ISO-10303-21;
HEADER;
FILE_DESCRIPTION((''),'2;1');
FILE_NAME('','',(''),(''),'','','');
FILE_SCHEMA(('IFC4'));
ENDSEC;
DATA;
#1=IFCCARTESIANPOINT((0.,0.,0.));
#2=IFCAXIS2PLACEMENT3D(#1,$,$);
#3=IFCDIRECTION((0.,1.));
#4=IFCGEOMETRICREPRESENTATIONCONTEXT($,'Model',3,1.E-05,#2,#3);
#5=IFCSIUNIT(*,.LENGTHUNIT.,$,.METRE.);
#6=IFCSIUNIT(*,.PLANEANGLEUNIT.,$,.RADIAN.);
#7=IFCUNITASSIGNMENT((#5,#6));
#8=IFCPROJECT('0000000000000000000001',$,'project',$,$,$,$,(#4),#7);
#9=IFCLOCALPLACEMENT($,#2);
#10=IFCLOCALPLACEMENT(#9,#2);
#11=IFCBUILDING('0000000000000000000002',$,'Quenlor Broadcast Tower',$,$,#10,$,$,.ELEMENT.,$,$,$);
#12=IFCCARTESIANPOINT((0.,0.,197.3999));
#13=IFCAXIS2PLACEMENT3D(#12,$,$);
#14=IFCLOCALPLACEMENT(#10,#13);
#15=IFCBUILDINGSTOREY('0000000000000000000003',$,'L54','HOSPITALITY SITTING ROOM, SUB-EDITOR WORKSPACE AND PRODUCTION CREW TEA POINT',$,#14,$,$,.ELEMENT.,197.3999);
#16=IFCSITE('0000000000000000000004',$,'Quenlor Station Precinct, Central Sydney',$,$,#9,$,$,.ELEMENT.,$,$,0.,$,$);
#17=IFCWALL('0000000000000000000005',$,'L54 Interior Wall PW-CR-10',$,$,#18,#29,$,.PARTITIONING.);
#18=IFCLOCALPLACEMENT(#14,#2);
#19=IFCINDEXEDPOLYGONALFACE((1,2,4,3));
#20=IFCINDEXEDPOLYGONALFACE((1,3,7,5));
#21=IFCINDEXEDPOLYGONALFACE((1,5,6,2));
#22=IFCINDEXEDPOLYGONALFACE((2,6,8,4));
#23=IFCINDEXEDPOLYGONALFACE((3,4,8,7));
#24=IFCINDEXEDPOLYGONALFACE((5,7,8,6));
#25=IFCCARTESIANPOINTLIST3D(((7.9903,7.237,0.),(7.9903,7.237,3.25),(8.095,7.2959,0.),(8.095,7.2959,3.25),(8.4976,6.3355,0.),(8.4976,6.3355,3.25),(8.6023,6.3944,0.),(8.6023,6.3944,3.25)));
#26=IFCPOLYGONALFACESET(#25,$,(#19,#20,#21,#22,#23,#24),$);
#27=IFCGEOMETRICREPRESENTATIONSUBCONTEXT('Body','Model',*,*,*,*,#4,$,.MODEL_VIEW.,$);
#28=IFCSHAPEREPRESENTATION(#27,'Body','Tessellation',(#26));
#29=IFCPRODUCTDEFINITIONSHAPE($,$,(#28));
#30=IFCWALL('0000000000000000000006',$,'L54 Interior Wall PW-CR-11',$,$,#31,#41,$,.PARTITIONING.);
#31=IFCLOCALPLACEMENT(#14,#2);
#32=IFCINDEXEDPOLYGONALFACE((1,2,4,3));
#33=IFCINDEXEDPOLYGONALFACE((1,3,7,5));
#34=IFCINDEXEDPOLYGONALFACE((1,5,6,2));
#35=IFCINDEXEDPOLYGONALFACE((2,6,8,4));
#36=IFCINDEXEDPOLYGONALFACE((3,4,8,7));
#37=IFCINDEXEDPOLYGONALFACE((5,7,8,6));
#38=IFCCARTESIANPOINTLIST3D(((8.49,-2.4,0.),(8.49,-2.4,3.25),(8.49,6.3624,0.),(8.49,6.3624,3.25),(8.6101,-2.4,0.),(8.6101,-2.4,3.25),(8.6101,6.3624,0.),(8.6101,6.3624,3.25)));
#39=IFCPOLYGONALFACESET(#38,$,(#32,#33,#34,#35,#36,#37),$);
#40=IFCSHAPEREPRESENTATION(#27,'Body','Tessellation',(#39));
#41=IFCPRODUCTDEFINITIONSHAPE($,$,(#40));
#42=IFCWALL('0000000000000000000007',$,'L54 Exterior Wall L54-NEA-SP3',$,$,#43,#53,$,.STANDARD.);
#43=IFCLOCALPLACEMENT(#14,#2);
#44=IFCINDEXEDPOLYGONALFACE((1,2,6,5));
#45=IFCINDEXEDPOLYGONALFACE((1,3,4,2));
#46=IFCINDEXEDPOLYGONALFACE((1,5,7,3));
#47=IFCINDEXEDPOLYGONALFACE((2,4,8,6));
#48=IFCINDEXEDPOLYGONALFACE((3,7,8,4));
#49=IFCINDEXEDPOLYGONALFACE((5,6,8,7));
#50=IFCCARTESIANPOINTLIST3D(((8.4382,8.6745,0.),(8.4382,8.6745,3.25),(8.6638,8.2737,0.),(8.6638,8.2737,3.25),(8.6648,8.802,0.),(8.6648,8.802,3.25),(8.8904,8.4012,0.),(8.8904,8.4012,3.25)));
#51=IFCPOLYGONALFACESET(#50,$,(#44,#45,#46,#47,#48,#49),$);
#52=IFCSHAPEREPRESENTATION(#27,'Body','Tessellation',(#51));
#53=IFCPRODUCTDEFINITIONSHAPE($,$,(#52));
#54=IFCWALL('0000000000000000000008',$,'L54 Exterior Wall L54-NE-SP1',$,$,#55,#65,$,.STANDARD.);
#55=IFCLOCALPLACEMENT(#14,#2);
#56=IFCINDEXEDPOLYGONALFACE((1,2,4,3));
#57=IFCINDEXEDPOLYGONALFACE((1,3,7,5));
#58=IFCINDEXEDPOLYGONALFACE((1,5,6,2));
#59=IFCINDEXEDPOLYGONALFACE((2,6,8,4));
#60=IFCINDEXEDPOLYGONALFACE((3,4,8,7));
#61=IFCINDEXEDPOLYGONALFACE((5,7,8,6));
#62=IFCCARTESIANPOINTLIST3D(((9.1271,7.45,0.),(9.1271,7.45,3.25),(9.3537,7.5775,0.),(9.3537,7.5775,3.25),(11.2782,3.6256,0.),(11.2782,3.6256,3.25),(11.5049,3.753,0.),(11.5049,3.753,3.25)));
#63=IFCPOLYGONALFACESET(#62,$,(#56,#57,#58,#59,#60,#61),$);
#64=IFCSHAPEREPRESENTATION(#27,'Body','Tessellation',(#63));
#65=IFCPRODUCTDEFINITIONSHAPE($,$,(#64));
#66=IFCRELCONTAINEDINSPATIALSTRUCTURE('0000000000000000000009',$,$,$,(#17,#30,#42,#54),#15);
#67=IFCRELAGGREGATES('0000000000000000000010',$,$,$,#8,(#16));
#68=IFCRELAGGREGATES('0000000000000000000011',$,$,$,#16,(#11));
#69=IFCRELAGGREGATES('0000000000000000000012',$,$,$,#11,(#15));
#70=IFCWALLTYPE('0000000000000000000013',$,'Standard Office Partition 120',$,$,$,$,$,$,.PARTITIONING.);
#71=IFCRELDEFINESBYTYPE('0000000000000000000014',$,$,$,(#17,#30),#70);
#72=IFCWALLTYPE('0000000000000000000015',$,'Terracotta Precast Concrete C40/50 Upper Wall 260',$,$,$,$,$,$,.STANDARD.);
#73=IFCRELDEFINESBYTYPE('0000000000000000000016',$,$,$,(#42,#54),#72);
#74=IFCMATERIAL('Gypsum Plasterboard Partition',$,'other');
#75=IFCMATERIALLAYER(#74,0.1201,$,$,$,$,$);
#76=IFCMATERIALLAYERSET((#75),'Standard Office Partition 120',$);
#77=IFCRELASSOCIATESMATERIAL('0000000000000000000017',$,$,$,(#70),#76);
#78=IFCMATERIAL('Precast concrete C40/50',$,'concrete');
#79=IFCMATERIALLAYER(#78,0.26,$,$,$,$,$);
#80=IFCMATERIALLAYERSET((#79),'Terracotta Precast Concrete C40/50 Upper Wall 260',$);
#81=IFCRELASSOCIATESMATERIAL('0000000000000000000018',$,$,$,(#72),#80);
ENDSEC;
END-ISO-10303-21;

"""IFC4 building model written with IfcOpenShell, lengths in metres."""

from ifc_helpers import new_model, si_unit, direction, frame, frame_2d, origin, place, context, subcontext, project, spatial, rectangle, extrude, material, layer, layer_set, type_object, element, save


model = new_model("IFC4")

# Units and contexts
model_context = context("Model", 3, precision=1e-05, world=origin(), true_north=direction((0.0, 1.0)))
body_context = subcontext(model_context, "Body", "Model", "MODEL_VIEW")
ifc_project = project(units=[si_unit("LENGTHUNIT", "METRE"), si_unit("PLANEANGLEUNIT", "RADIAN")], contexts=[model_context])

# Site, building, storey
site_placement = place(None, origin())
site = spatial("IfcSite", under=ifc_project, at=site_placement, Name="Quenlor Station Precinct, Central Sydney", CompositionType="ELEMENT", RefElevation=0.0)
building_placement = place(site_placement, origin())
building = spatial("IfcBuilding", under=site, at=building_placement, Name="Quenlor Broadcast Tower", CompositionType="ELEMENT")
storey_placement = place(building_placement, frame((0.0, 0.0, 197.3999)))
storey = spatial("IfcBuildingStorey", under=building, at=storey_placement, Name="L54", Description="HOSPITALITY SITTING ROOM, SUB-EDITOR WORKSPACE AND PRODUCTION CREW TEA POINT", CompositionType="ELEMENT", Elevation=197.3999)

# Walls
ifc_material_1 = material(Name="Gypsum Plasterboard Partition", Category="other")
ifc_layer_1 = layer(ifc_material_1, 0.1201)
ifc_layer_set_1 = layer_set([ifc_layer_1], Name="Standard Office Partition 120")
wall_type_1 = type_object("IfcWallType", Name="Standard Office Partition 120", PredefinedType="PARTITIONING", material=ifc_layer_set_1)
wall_1_placement = place(storey_placement, frame((8.0427, 7.2664, 0.0), z_axis=(0.0, 0.0, 1.0), x_axis=(0.490384, -0.871506, 0.0)))
element("IfcWall", 1, at=wall_1_placement, inside=storey, type_object=wall_type_1, Name="L54 Interior Wall PW-CR-10", PredefinedType="PARTITIONING", context=body_context, shape_type="SweptSolid", body=[
    extrude(rectangle(XDim=1.0344, YDim=0.1201, at=frame_2d((0.5171, 0.0))), origin(), (0.0, 0.0, 1.0), 3.25),
])
wall_2_placement = place(storey_placement, frame((8.55, 6.3625, 0.0), z_axis=(0.0, 0.0, 1.0), x_axis=(0.0, -1.0, 0.0)))
element("IfcWall", 2, at=wall_2_placement, inside=storey, type_object=wall_type_1, Name="L54 Interior Wall PW-CR-11", PredefinedType="PARTITIONING", context=body_context, shape_type="SweptSolid", body=[
    extrude(rectangle(XDim=8.7625, YDim=0.1201, at=frame_2d((4.3813, 0.0))), origin(), (0.0, 0.0, 1.0), 3.25),
])
ifc_material_2 = material(Name="Precast concrete C40/50", Category="concrete")
ifc_layer_2 = layer(ifc_material_2, 0.26)
ifc_layer_set_2 = layer_set([ifc_layer_2], Name="Terracotta Precast Concrete C40/50 Upper Wall 260")
wall_type_2 = type_object("IfcWallType", Name="Terracotta Precast Concrete C40/50 Upper Wall 260", PredefinedType="STANDARD", material=ifc_layer_set_2)
wall_3_placement = place(storey_placement, frame((8.5515, 8.7383, 0.0), z_axis=(0.0, 0.0, 1.0), x_axis=(0.490412, -0.87149, 0.0)))
element("IfcWall", 3, at=wall_3_placement, inside=storey, type_object=wall_type_2, Name="L54 Exterior Wall L54-NEA-SP3", PredefinedType="STANDARD", context=body_context, shape_type="SweptSolid", body=[
    extrude(rectangle(XDim=0.46, YDim=0.26, at=frame_2d((0.23, 0.0))), origin(), (0.0, 0.0, 1.0), 3.25),
])
wall_4_placement = place(storey_placement, frame((9.2405, 7.5137, 0.0), z_axis=(0.0, 0.0, 1.0), x_axis=(0.490237, -0.871589, 0.0)))
element("IfcWall", 4, at=wall_4_placement, inside=storey, type_object=wall_type_2, Name="L54 Exterior Wall L54-NE-SP1", PredefinedType="STANDARD", context=body_context, shape_type="SweptSolid", body=[
    extrude(rectangle(XDim=4.3879, YDim=0.26, at=frame_2d((2.1938, 0.0))), origin(), (0.0, 0.0, 1.0), 3.25),
])

save(model, "model.ifc")
